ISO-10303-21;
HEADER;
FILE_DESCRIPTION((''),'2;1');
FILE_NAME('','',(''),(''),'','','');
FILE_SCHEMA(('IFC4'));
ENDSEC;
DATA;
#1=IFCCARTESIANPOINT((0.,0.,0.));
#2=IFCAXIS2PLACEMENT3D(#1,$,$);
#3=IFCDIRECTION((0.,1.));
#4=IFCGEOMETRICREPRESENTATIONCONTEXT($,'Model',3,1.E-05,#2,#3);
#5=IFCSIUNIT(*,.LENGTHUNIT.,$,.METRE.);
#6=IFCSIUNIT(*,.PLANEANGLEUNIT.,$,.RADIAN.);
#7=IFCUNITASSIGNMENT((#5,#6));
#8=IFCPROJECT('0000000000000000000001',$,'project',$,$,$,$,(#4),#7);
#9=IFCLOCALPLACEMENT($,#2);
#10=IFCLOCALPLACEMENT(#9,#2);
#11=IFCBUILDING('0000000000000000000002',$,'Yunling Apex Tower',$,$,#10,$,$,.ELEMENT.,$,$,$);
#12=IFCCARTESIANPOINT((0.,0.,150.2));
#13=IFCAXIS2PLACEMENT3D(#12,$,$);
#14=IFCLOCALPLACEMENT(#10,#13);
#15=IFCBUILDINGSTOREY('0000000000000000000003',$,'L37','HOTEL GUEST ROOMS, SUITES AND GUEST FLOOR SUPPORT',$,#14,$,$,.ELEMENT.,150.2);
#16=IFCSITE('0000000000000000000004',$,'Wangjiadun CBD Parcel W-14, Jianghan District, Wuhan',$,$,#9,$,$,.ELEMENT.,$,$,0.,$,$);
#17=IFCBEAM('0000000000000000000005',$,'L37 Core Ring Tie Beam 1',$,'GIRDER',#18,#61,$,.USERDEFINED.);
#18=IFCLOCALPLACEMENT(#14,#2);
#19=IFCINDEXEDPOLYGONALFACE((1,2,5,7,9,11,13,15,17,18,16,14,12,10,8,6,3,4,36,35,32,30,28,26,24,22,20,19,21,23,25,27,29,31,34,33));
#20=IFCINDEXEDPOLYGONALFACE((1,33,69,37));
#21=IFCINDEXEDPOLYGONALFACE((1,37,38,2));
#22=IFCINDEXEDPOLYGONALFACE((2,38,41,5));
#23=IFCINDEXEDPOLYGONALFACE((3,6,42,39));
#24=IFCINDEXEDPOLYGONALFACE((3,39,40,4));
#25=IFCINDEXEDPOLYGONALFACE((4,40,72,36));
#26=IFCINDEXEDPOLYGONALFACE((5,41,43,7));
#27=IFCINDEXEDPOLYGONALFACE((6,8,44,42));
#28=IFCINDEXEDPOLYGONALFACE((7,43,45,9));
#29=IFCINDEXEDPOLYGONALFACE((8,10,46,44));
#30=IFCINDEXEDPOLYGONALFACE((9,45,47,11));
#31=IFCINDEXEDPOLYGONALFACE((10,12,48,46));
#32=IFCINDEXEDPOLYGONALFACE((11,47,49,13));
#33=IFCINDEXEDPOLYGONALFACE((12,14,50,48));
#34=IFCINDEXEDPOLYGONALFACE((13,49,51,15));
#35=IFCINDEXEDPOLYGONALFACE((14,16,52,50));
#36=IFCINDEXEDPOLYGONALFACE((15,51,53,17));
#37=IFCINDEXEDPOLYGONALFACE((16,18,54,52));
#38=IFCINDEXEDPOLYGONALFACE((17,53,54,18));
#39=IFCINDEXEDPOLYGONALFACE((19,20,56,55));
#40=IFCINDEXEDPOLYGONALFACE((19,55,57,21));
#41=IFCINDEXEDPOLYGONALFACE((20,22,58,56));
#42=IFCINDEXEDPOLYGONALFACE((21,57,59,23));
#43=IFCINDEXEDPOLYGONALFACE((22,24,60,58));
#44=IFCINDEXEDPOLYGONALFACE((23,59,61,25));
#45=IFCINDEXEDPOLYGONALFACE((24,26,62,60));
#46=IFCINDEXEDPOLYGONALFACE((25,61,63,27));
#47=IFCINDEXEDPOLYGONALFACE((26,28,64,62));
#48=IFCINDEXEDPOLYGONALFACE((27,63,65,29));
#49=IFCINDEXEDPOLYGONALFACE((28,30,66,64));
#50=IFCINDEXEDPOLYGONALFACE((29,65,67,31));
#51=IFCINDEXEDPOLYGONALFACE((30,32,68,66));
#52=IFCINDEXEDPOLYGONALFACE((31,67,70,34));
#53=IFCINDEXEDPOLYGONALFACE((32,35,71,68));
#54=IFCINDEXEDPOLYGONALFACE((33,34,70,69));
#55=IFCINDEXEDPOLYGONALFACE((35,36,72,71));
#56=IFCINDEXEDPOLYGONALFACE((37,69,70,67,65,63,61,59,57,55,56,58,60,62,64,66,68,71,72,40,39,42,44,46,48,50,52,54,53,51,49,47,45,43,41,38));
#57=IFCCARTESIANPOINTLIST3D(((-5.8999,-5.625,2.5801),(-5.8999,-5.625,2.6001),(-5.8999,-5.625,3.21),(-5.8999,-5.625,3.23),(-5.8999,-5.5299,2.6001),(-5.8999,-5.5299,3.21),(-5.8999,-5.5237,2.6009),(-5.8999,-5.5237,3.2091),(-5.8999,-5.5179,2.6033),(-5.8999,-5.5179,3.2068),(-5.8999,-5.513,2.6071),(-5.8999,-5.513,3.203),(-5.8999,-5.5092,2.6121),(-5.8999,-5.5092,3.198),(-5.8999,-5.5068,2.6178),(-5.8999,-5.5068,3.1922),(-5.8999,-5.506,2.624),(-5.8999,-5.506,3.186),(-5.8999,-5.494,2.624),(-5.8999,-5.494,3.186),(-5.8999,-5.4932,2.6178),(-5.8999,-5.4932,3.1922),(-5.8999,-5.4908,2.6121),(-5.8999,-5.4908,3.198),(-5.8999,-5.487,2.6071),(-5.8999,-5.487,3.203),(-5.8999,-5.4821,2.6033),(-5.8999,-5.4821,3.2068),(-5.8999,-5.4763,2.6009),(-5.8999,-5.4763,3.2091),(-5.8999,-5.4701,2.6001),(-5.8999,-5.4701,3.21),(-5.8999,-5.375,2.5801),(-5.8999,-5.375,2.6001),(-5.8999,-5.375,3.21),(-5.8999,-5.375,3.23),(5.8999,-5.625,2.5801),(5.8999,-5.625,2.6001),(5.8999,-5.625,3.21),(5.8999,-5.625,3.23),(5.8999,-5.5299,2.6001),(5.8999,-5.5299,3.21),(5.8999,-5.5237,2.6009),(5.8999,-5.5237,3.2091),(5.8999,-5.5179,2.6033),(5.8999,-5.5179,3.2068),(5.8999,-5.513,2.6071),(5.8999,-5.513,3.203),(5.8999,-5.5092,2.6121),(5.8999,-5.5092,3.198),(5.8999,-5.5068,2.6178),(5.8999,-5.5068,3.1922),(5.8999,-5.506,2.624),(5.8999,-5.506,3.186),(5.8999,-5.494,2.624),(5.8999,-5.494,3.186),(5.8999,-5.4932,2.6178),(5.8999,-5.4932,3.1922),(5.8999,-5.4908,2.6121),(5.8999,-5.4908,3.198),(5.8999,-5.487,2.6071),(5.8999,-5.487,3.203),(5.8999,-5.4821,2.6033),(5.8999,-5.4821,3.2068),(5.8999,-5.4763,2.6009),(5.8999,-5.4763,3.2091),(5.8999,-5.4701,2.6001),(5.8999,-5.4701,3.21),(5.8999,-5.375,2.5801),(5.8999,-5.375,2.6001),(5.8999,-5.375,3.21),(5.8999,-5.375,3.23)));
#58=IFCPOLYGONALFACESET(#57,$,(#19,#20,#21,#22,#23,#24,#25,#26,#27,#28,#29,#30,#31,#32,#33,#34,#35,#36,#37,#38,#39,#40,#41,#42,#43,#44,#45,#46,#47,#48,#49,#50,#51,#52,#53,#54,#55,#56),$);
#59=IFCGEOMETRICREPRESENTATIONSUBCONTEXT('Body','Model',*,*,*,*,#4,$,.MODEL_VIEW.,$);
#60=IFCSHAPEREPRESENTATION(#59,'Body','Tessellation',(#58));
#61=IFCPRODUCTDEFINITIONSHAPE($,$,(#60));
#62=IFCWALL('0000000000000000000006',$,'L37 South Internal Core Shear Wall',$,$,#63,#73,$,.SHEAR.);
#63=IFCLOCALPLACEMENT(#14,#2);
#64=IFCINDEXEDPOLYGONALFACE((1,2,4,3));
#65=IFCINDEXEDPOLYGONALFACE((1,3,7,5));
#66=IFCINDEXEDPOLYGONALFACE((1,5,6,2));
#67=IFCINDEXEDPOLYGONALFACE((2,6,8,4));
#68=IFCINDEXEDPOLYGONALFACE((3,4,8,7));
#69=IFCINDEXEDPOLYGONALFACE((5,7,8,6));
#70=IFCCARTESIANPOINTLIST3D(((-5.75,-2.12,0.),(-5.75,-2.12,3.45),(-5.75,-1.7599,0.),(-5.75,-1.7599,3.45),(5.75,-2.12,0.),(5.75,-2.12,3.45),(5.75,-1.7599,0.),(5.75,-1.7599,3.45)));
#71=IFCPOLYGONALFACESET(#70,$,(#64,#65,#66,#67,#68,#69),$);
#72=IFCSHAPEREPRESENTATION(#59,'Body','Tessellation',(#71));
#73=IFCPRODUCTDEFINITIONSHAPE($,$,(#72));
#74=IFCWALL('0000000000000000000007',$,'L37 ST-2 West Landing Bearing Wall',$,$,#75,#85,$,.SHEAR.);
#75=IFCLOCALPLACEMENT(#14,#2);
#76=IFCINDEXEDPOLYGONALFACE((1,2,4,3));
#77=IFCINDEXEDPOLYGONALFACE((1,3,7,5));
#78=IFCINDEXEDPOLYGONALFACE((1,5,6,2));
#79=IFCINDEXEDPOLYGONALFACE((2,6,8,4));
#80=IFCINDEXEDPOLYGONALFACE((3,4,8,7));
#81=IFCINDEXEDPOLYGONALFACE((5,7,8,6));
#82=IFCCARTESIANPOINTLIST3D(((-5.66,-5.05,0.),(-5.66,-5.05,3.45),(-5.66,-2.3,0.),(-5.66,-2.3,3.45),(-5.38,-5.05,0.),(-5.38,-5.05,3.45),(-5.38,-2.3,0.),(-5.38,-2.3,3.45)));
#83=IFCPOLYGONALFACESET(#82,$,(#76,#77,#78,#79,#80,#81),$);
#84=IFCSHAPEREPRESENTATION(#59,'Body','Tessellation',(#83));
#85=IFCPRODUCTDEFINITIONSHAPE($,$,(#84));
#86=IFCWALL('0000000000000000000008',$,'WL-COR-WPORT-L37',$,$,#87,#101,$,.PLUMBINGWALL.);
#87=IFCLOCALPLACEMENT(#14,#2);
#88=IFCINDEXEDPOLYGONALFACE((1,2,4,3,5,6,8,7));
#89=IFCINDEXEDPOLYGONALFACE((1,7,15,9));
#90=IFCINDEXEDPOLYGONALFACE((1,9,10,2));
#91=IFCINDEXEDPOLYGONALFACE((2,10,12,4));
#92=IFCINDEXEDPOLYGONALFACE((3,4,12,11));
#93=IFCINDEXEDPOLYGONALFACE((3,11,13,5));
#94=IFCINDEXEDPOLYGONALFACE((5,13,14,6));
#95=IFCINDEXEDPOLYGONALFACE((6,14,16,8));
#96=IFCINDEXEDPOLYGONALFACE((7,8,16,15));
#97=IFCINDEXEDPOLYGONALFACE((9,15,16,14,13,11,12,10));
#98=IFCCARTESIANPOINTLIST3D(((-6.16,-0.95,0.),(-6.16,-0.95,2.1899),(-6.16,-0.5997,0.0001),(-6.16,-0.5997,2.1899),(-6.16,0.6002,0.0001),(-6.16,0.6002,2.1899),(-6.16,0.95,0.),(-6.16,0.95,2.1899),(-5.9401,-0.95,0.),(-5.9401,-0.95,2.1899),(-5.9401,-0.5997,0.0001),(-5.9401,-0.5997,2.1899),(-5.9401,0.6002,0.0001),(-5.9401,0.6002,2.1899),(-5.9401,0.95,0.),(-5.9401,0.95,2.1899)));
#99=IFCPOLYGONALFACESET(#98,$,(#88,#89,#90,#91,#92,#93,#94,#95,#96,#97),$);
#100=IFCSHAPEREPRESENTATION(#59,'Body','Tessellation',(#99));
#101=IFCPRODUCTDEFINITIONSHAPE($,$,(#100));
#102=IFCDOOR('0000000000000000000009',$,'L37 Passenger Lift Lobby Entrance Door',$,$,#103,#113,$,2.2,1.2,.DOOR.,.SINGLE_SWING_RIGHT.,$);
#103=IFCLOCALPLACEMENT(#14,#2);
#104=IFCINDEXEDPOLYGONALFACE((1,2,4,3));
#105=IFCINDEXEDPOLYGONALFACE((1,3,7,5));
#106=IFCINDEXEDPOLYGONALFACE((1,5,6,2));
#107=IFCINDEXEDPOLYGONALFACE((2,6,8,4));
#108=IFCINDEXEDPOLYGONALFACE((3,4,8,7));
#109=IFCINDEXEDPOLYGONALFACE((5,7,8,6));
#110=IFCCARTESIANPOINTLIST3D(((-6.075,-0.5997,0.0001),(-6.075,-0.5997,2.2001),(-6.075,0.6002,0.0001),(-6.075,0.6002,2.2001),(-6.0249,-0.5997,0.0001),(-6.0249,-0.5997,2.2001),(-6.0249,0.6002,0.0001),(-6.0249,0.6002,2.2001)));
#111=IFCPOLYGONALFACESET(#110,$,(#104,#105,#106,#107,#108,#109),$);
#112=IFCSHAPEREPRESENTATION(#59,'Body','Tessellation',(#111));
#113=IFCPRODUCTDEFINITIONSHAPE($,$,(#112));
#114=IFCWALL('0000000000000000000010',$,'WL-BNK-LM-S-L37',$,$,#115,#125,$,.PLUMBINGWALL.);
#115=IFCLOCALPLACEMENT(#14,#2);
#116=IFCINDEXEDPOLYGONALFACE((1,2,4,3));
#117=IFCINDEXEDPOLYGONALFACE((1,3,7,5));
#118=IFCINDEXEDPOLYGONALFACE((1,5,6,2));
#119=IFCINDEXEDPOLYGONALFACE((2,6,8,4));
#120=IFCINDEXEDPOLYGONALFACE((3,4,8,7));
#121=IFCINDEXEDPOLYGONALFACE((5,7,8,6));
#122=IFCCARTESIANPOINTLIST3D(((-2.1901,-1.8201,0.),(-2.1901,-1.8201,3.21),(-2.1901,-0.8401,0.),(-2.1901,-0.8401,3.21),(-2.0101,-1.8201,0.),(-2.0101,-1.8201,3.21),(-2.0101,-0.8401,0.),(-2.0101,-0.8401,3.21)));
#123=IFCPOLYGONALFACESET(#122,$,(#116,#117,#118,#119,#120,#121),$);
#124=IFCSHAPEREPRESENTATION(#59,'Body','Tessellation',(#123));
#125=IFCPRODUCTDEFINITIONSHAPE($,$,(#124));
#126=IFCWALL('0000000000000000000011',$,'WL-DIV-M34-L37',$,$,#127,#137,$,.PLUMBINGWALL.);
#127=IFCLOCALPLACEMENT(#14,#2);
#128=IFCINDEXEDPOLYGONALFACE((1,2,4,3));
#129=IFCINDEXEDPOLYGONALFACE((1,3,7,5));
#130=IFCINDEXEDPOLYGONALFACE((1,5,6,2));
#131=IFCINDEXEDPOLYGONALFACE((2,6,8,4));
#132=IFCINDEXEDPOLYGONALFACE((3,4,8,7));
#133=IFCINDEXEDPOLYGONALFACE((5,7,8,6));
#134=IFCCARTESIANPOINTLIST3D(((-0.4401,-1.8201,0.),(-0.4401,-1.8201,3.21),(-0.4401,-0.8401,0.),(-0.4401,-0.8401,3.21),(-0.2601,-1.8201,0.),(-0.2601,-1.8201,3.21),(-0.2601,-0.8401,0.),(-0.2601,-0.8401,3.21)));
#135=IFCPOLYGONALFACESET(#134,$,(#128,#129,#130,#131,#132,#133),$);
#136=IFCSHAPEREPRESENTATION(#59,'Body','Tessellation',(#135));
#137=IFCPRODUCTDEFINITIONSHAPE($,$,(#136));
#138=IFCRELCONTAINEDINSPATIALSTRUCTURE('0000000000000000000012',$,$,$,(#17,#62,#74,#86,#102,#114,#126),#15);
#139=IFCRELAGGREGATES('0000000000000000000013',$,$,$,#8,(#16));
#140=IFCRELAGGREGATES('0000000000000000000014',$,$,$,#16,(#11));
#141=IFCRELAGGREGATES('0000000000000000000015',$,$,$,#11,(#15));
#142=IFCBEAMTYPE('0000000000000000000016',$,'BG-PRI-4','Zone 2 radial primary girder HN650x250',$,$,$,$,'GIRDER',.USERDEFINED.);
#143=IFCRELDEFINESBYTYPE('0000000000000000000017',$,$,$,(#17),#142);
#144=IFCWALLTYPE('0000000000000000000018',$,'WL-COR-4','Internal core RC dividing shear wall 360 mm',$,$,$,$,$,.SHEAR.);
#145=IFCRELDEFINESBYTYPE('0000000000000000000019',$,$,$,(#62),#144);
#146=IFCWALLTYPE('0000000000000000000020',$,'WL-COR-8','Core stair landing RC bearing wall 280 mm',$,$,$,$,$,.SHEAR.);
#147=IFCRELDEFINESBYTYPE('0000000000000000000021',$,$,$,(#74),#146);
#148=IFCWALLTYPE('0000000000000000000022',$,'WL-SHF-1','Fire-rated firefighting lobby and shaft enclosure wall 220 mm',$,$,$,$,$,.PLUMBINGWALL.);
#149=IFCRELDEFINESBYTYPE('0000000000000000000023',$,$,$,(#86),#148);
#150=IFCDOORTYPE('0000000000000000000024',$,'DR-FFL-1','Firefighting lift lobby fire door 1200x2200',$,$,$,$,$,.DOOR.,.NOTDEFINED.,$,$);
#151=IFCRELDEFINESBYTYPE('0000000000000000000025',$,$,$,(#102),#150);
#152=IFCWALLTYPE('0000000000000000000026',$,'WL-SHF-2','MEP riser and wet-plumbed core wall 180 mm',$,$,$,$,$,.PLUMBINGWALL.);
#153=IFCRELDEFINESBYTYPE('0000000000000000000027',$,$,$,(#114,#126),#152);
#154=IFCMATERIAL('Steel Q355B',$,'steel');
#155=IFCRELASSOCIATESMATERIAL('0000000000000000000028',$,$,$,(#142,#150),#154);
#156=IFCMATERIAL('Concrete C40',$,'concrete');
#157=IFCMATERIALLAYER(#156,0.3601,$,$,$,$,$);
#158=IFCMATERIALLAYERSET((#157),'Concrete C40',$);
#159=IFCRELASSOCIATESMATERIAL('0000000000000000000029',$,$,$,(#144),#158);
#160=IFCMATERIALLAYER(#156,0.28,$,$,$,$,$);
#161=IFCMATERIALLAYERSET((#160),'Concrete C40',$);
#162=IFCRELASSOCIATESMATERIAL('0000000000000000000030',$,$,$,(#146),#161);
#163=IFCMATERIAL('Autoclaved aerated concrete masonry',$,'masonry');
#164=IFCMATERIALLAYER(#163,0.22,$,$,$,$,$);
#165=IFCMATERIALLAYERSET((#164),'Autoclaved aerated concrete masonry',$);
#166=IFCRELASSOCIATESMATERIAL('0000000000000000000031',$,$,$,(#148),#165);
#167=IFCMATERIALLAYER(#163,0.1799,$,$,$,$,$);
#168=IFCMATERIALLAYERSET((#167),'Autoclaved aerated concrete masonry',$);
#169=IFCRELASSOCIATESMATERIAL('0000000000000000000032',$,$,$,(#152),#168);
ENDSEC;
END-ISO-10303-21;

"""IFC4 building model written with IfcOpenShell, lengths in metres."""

from ifc_helpers import new_model, si_unit, direction, frame, frame_2d, origin, origin_2d, place, context, subcontext, project, spatial, rectangle, i_section, extrude, source, transform, mapped, material, layer, layer_set, material_profile, profile_set, type_object, element, fill, save


model = new_model("IFC4")

# Units and contexts
model_context = context("Model", 3, precision=1e-05, world=origin(), true_north=direction((0.0, 1.0)))
body_context = subcontext(model_context, "Body", "Model", "MODEL_VIEW")
ifc_project = project(units=[si_unit("LENGTHUNIT", "METRE"), si_unit("PLANEANGLEUNIT", "RADIAN")], contexts=[model_context])

# Site, building, storey
site_placement = place(None, origin())
site = spatial("IfcSite", under=ifc_project, at=site_placement, Name="Wangjiadun CBD Parcel W-14, Jianghan District, Wuhan", CompositionType="ELEMENT", RefElevation=0.0)
building_placement = place(site_placement, origin())
building = spatial("IfcBuilding", under=site, at=building_placement, Name="Yunling Apex Tower", CompositionType="ELEMENT")
storey_placement = place(building_placement, frame((0.0, 0.0, 150.2)))
storey = spatial("IfcBuildingStorey", under=building, at=storey_placement, Name="L37", Description="HOTEL GUEST ROOMS, SUITES AND GUEST FLOOR SUPPORT", CompositionType="ELEMENT", Elevation=150.2)

# Beam
ifc_material_1 = material(Name="Steel Q355B", Category="steel")
ifc_material_profile_1 = material_profile(ifc_material_1, i_section(OverallWidth=0.25, OverallDepth=0.6499, WebThickness=0.012, FlangeThickness=0.02, FilletRadius=0.0239, at=origin_2d()))
ifc_profile_set_1 = profile_set([ifc_material_profile_1], Name="Steel Q355B")
beam_type_1 = type_object("IfcBeamType", Name="BG-PRI-4", Description="Zone 2 radial primary girder HN650x250", ElementType="GIRDER", PredefinedType="USERDEFINED", material=ifc_profile_set_1)
shared_shape_1 = source(origin(), body_context, "Body", "SweptSolid", [
    extrude(i_section(OverallWidth=0.25, OverallDepth=0.6499, WebThickness=0.012, FlangeThickness=0.02, FilletRadius=0.0239, at=origin_2d()), origin(), (0.0, 0.0, 1.0), 11.7998),
])
beam_1_placement = place(storey_placement, frame((-5.8999, -5.5, 2.905), z_axis=(1.0, 0.0, 0.0), x_axis=(0.0, 1.0, 0.0)))
element("IfcBeam", 1, at=beam_1_placement, inside=storey, type_object=beam_type_1, Name="L37 Core Ring Tie Beam 1", ObjectType="GIRDER", PredefinedType="USERDEFINED", context=body_context, shape_type="MappedRepresentation", body=[
    mapped(shared_shape_1, transform((0.0, 0.0, 0.0), scale=1.0)),
])

# Walls
ifc_material_2 = material(Name="Concrete C40", Category="concrete")
ifc_layer_1 = layer(ifc_material_2, 0.3601)
ifc_layer_set_1 = layer_set([ifc_layer_1], Name="Concrete C40")
wall_type_1 = type_object("IfcWallType", Name="WL-COR-4", Description="Internal core RC dividing shear wall 360 mm", PredefinedType="SHEAR", material=ifc_layer_set_1)
wall_1_placement = place(storey_placement, frame((-5.75, -1.9399, 0.0), z_axis=(0.0, 0.0, 1.0), x_axis=(1.0, 0.0, 0.0)))
element("IfcWall", 2, at=wall_1_placement, inside=storey, type_object=wall_type_1, Name="L37 South Internal Core Shear Wall", PredefinedType="SHEAR", context=body_context, shape_type="SweptSolid", body=[
    extrude(rectangle(XDim=11.5, YDim=0.3601, at=frame_2d((5.75, 0.0))), origin(), (0.0, 0.0, 1.0), 3.45),
])
ifc_layer_2 = layer(ifc_material_2, 0.28)
ifc_layer_set_2 = layer_set([ifc_layer_2], Name="Concrete C40")
wall_type_2 = type_object("IfcWallType", Name="WL-COR-8", Description="Core stair landing RC bearing wall 280 mm", PredefinedType="SHEAR", material=ifc_layer_set_2)
wall_2_placement = place(storey_placement, frame((-5.52, -5.05, 0.0), z_axis=(0.0, 0.0, 1.0), x_axis=(0.0, 1.0, 0.0)))
element("IfcWall", 3, at=wall_2_placement, inside=storey, type_object=wall_type_2, Name="L37 ST-2 West Landing Bearing Wall", PredefinedType="SHEAR", context=body_context, shape_type="SweptSolid", body=[
    extrude(rectangle(XDim=2.75, YDim=0.28, at=frame_2d((1.375, 0.0))), origin(), (0.0, 0.0, 1.0), 3.45),
])

# Wall, opening, door
ifc_material_3 = material(Name="Autoclaved aerated concrete masonry", Category="masonry")
ifc_layer_3 = layer(ifc_material_3, 0.22)
ifc_layer_set_3 = layer_set([ifc_layer_3], Name="Autoclaved aerated concrete masonry")
wall_type_3 = type_object("IfcWallType", Name="WL-SHF-1", Description="Fire-rated firefighting lobby and shaft enclosure wall 220 mm", PredefinedType="PLUMBINGWALL", material=ifc_layer_set_3)
wall_3_placement = place(storey_placement, frame((-6.05, -0.95, 0.0), z_axis=(0.0, 0.0, 1.0), x_axis=(0.0, 1.0, 0.0)))
wall_3 = element("IfcWall", 4, at=wall_3_placement, inside=storey, type_object=wall_type_3, Name="WL-COR-WPORT-L37", PredefinedType="PLUMBINGWALL", context=body_context, shape_type="SweptSolid", body=[
    extrude(rectangle(XDim=1.8999, YDim=0.22, at=frame_2d((0.95, 0.0))), origin(), (0.0, 0.0, 1.0), 2.1899),
])
opening_1_placement = place(wall_3_placement, frame((0.3501, 0.0, 0.0)))
opening_1 = element("IfcOpeningElement", 5, at=opening_1_placement, cuts=wall_3, PredefinedType="OPENING", context=body_context, shape_type="SweptSolid", body=[
    extrude(rectangle(XDim=1.2, YDim=2.2, at=frame_2d((0.6001, 1.1001))), frame((0.0, 0.1201, 0.0), z_axis=(0.0, -1.0, 0.0), x_axis=(1.0, 0.0, 0.0)), (0.0, 0.0, 1.0), 0.24),
])
door_type_1 = type_object("IfcDoorType", Name="DR-FFL-1", Description="Firefighting lift lobby fire door 1200x2200", OperationType="NOTDEFINED", PredefinedType="DOOR", material=ifc_material_1)
door_1_placement = place(opening_1_placement, origin())
door_1 = element("IfcDoor", 6, at=door_1_placement, inside=storey, type_object=door_type_1, Name="L37 Passenger Lift Lobby Entrance Door", OperationType="SINGLE_SWING_RIGHT", OverallHeight=2.2, OverallWidth=1.2, PredefinedType="DOOR", context=body_context, shape_type="SweptSolid", body=[
    extrude(rectangle(XDim=1.2, YDim=2.2, at=frame_2d((0.6001, 1.1001))), frame((0.0, 0.0249, 0.0), z_axis=(0.0, -1.0, 0.0), x_axis=(1.0, 0.0, 0.0)), (0.0, 0.0, 1.0), 0.05),
])
fill(opening_1, door_1)

# Walls
ifc_layer_4 = layer(ifc_material_3, 0.1799)
ifc_layer_set_4 = layer_set([ifc_layer_4], Name="Autoclaved aerated concrete masonry")
wall_type_4 = type_object("IfcWallType", Name="WL-SHF-2", Description="MEP riser and wet-plumbed core wall 180 mm", PredefinedType="PLUMBINGWALL", material=ifc_layer_set_4)
for number, where, z_axis, x_axis, name in (
    (7, (-2.1001, -1.8201, 0.0), (0.0, 0.0, 1.0), (0.0, 1.0, 0.0), "WL-BNK-LM-S-L37"),
    (8, (-0.3501, -1.8201, 0.0), (0.0, 0.0, 1.0), (0.0, 1.0, 0.0), "WL-DIV-M34-L37"),
):
    element("IfcWall", number, at=place(storey_placement, frame(where, z_axis=z_axis, x_axis=x_axis)), inside=storey, type_object=wall_type_4, Name=name, PredefinedType="PLUMBINGWALL", context=body_context, shape_type="SweptSolid", body=[
        extrude(rectangle(XDim=0.98, YDim=0.1799, at=frame_2d((0.49, 0.0))), origin(), (0.0, 0.0, 1.0), 3.21),
    ])

save(model, "model.ifc")
